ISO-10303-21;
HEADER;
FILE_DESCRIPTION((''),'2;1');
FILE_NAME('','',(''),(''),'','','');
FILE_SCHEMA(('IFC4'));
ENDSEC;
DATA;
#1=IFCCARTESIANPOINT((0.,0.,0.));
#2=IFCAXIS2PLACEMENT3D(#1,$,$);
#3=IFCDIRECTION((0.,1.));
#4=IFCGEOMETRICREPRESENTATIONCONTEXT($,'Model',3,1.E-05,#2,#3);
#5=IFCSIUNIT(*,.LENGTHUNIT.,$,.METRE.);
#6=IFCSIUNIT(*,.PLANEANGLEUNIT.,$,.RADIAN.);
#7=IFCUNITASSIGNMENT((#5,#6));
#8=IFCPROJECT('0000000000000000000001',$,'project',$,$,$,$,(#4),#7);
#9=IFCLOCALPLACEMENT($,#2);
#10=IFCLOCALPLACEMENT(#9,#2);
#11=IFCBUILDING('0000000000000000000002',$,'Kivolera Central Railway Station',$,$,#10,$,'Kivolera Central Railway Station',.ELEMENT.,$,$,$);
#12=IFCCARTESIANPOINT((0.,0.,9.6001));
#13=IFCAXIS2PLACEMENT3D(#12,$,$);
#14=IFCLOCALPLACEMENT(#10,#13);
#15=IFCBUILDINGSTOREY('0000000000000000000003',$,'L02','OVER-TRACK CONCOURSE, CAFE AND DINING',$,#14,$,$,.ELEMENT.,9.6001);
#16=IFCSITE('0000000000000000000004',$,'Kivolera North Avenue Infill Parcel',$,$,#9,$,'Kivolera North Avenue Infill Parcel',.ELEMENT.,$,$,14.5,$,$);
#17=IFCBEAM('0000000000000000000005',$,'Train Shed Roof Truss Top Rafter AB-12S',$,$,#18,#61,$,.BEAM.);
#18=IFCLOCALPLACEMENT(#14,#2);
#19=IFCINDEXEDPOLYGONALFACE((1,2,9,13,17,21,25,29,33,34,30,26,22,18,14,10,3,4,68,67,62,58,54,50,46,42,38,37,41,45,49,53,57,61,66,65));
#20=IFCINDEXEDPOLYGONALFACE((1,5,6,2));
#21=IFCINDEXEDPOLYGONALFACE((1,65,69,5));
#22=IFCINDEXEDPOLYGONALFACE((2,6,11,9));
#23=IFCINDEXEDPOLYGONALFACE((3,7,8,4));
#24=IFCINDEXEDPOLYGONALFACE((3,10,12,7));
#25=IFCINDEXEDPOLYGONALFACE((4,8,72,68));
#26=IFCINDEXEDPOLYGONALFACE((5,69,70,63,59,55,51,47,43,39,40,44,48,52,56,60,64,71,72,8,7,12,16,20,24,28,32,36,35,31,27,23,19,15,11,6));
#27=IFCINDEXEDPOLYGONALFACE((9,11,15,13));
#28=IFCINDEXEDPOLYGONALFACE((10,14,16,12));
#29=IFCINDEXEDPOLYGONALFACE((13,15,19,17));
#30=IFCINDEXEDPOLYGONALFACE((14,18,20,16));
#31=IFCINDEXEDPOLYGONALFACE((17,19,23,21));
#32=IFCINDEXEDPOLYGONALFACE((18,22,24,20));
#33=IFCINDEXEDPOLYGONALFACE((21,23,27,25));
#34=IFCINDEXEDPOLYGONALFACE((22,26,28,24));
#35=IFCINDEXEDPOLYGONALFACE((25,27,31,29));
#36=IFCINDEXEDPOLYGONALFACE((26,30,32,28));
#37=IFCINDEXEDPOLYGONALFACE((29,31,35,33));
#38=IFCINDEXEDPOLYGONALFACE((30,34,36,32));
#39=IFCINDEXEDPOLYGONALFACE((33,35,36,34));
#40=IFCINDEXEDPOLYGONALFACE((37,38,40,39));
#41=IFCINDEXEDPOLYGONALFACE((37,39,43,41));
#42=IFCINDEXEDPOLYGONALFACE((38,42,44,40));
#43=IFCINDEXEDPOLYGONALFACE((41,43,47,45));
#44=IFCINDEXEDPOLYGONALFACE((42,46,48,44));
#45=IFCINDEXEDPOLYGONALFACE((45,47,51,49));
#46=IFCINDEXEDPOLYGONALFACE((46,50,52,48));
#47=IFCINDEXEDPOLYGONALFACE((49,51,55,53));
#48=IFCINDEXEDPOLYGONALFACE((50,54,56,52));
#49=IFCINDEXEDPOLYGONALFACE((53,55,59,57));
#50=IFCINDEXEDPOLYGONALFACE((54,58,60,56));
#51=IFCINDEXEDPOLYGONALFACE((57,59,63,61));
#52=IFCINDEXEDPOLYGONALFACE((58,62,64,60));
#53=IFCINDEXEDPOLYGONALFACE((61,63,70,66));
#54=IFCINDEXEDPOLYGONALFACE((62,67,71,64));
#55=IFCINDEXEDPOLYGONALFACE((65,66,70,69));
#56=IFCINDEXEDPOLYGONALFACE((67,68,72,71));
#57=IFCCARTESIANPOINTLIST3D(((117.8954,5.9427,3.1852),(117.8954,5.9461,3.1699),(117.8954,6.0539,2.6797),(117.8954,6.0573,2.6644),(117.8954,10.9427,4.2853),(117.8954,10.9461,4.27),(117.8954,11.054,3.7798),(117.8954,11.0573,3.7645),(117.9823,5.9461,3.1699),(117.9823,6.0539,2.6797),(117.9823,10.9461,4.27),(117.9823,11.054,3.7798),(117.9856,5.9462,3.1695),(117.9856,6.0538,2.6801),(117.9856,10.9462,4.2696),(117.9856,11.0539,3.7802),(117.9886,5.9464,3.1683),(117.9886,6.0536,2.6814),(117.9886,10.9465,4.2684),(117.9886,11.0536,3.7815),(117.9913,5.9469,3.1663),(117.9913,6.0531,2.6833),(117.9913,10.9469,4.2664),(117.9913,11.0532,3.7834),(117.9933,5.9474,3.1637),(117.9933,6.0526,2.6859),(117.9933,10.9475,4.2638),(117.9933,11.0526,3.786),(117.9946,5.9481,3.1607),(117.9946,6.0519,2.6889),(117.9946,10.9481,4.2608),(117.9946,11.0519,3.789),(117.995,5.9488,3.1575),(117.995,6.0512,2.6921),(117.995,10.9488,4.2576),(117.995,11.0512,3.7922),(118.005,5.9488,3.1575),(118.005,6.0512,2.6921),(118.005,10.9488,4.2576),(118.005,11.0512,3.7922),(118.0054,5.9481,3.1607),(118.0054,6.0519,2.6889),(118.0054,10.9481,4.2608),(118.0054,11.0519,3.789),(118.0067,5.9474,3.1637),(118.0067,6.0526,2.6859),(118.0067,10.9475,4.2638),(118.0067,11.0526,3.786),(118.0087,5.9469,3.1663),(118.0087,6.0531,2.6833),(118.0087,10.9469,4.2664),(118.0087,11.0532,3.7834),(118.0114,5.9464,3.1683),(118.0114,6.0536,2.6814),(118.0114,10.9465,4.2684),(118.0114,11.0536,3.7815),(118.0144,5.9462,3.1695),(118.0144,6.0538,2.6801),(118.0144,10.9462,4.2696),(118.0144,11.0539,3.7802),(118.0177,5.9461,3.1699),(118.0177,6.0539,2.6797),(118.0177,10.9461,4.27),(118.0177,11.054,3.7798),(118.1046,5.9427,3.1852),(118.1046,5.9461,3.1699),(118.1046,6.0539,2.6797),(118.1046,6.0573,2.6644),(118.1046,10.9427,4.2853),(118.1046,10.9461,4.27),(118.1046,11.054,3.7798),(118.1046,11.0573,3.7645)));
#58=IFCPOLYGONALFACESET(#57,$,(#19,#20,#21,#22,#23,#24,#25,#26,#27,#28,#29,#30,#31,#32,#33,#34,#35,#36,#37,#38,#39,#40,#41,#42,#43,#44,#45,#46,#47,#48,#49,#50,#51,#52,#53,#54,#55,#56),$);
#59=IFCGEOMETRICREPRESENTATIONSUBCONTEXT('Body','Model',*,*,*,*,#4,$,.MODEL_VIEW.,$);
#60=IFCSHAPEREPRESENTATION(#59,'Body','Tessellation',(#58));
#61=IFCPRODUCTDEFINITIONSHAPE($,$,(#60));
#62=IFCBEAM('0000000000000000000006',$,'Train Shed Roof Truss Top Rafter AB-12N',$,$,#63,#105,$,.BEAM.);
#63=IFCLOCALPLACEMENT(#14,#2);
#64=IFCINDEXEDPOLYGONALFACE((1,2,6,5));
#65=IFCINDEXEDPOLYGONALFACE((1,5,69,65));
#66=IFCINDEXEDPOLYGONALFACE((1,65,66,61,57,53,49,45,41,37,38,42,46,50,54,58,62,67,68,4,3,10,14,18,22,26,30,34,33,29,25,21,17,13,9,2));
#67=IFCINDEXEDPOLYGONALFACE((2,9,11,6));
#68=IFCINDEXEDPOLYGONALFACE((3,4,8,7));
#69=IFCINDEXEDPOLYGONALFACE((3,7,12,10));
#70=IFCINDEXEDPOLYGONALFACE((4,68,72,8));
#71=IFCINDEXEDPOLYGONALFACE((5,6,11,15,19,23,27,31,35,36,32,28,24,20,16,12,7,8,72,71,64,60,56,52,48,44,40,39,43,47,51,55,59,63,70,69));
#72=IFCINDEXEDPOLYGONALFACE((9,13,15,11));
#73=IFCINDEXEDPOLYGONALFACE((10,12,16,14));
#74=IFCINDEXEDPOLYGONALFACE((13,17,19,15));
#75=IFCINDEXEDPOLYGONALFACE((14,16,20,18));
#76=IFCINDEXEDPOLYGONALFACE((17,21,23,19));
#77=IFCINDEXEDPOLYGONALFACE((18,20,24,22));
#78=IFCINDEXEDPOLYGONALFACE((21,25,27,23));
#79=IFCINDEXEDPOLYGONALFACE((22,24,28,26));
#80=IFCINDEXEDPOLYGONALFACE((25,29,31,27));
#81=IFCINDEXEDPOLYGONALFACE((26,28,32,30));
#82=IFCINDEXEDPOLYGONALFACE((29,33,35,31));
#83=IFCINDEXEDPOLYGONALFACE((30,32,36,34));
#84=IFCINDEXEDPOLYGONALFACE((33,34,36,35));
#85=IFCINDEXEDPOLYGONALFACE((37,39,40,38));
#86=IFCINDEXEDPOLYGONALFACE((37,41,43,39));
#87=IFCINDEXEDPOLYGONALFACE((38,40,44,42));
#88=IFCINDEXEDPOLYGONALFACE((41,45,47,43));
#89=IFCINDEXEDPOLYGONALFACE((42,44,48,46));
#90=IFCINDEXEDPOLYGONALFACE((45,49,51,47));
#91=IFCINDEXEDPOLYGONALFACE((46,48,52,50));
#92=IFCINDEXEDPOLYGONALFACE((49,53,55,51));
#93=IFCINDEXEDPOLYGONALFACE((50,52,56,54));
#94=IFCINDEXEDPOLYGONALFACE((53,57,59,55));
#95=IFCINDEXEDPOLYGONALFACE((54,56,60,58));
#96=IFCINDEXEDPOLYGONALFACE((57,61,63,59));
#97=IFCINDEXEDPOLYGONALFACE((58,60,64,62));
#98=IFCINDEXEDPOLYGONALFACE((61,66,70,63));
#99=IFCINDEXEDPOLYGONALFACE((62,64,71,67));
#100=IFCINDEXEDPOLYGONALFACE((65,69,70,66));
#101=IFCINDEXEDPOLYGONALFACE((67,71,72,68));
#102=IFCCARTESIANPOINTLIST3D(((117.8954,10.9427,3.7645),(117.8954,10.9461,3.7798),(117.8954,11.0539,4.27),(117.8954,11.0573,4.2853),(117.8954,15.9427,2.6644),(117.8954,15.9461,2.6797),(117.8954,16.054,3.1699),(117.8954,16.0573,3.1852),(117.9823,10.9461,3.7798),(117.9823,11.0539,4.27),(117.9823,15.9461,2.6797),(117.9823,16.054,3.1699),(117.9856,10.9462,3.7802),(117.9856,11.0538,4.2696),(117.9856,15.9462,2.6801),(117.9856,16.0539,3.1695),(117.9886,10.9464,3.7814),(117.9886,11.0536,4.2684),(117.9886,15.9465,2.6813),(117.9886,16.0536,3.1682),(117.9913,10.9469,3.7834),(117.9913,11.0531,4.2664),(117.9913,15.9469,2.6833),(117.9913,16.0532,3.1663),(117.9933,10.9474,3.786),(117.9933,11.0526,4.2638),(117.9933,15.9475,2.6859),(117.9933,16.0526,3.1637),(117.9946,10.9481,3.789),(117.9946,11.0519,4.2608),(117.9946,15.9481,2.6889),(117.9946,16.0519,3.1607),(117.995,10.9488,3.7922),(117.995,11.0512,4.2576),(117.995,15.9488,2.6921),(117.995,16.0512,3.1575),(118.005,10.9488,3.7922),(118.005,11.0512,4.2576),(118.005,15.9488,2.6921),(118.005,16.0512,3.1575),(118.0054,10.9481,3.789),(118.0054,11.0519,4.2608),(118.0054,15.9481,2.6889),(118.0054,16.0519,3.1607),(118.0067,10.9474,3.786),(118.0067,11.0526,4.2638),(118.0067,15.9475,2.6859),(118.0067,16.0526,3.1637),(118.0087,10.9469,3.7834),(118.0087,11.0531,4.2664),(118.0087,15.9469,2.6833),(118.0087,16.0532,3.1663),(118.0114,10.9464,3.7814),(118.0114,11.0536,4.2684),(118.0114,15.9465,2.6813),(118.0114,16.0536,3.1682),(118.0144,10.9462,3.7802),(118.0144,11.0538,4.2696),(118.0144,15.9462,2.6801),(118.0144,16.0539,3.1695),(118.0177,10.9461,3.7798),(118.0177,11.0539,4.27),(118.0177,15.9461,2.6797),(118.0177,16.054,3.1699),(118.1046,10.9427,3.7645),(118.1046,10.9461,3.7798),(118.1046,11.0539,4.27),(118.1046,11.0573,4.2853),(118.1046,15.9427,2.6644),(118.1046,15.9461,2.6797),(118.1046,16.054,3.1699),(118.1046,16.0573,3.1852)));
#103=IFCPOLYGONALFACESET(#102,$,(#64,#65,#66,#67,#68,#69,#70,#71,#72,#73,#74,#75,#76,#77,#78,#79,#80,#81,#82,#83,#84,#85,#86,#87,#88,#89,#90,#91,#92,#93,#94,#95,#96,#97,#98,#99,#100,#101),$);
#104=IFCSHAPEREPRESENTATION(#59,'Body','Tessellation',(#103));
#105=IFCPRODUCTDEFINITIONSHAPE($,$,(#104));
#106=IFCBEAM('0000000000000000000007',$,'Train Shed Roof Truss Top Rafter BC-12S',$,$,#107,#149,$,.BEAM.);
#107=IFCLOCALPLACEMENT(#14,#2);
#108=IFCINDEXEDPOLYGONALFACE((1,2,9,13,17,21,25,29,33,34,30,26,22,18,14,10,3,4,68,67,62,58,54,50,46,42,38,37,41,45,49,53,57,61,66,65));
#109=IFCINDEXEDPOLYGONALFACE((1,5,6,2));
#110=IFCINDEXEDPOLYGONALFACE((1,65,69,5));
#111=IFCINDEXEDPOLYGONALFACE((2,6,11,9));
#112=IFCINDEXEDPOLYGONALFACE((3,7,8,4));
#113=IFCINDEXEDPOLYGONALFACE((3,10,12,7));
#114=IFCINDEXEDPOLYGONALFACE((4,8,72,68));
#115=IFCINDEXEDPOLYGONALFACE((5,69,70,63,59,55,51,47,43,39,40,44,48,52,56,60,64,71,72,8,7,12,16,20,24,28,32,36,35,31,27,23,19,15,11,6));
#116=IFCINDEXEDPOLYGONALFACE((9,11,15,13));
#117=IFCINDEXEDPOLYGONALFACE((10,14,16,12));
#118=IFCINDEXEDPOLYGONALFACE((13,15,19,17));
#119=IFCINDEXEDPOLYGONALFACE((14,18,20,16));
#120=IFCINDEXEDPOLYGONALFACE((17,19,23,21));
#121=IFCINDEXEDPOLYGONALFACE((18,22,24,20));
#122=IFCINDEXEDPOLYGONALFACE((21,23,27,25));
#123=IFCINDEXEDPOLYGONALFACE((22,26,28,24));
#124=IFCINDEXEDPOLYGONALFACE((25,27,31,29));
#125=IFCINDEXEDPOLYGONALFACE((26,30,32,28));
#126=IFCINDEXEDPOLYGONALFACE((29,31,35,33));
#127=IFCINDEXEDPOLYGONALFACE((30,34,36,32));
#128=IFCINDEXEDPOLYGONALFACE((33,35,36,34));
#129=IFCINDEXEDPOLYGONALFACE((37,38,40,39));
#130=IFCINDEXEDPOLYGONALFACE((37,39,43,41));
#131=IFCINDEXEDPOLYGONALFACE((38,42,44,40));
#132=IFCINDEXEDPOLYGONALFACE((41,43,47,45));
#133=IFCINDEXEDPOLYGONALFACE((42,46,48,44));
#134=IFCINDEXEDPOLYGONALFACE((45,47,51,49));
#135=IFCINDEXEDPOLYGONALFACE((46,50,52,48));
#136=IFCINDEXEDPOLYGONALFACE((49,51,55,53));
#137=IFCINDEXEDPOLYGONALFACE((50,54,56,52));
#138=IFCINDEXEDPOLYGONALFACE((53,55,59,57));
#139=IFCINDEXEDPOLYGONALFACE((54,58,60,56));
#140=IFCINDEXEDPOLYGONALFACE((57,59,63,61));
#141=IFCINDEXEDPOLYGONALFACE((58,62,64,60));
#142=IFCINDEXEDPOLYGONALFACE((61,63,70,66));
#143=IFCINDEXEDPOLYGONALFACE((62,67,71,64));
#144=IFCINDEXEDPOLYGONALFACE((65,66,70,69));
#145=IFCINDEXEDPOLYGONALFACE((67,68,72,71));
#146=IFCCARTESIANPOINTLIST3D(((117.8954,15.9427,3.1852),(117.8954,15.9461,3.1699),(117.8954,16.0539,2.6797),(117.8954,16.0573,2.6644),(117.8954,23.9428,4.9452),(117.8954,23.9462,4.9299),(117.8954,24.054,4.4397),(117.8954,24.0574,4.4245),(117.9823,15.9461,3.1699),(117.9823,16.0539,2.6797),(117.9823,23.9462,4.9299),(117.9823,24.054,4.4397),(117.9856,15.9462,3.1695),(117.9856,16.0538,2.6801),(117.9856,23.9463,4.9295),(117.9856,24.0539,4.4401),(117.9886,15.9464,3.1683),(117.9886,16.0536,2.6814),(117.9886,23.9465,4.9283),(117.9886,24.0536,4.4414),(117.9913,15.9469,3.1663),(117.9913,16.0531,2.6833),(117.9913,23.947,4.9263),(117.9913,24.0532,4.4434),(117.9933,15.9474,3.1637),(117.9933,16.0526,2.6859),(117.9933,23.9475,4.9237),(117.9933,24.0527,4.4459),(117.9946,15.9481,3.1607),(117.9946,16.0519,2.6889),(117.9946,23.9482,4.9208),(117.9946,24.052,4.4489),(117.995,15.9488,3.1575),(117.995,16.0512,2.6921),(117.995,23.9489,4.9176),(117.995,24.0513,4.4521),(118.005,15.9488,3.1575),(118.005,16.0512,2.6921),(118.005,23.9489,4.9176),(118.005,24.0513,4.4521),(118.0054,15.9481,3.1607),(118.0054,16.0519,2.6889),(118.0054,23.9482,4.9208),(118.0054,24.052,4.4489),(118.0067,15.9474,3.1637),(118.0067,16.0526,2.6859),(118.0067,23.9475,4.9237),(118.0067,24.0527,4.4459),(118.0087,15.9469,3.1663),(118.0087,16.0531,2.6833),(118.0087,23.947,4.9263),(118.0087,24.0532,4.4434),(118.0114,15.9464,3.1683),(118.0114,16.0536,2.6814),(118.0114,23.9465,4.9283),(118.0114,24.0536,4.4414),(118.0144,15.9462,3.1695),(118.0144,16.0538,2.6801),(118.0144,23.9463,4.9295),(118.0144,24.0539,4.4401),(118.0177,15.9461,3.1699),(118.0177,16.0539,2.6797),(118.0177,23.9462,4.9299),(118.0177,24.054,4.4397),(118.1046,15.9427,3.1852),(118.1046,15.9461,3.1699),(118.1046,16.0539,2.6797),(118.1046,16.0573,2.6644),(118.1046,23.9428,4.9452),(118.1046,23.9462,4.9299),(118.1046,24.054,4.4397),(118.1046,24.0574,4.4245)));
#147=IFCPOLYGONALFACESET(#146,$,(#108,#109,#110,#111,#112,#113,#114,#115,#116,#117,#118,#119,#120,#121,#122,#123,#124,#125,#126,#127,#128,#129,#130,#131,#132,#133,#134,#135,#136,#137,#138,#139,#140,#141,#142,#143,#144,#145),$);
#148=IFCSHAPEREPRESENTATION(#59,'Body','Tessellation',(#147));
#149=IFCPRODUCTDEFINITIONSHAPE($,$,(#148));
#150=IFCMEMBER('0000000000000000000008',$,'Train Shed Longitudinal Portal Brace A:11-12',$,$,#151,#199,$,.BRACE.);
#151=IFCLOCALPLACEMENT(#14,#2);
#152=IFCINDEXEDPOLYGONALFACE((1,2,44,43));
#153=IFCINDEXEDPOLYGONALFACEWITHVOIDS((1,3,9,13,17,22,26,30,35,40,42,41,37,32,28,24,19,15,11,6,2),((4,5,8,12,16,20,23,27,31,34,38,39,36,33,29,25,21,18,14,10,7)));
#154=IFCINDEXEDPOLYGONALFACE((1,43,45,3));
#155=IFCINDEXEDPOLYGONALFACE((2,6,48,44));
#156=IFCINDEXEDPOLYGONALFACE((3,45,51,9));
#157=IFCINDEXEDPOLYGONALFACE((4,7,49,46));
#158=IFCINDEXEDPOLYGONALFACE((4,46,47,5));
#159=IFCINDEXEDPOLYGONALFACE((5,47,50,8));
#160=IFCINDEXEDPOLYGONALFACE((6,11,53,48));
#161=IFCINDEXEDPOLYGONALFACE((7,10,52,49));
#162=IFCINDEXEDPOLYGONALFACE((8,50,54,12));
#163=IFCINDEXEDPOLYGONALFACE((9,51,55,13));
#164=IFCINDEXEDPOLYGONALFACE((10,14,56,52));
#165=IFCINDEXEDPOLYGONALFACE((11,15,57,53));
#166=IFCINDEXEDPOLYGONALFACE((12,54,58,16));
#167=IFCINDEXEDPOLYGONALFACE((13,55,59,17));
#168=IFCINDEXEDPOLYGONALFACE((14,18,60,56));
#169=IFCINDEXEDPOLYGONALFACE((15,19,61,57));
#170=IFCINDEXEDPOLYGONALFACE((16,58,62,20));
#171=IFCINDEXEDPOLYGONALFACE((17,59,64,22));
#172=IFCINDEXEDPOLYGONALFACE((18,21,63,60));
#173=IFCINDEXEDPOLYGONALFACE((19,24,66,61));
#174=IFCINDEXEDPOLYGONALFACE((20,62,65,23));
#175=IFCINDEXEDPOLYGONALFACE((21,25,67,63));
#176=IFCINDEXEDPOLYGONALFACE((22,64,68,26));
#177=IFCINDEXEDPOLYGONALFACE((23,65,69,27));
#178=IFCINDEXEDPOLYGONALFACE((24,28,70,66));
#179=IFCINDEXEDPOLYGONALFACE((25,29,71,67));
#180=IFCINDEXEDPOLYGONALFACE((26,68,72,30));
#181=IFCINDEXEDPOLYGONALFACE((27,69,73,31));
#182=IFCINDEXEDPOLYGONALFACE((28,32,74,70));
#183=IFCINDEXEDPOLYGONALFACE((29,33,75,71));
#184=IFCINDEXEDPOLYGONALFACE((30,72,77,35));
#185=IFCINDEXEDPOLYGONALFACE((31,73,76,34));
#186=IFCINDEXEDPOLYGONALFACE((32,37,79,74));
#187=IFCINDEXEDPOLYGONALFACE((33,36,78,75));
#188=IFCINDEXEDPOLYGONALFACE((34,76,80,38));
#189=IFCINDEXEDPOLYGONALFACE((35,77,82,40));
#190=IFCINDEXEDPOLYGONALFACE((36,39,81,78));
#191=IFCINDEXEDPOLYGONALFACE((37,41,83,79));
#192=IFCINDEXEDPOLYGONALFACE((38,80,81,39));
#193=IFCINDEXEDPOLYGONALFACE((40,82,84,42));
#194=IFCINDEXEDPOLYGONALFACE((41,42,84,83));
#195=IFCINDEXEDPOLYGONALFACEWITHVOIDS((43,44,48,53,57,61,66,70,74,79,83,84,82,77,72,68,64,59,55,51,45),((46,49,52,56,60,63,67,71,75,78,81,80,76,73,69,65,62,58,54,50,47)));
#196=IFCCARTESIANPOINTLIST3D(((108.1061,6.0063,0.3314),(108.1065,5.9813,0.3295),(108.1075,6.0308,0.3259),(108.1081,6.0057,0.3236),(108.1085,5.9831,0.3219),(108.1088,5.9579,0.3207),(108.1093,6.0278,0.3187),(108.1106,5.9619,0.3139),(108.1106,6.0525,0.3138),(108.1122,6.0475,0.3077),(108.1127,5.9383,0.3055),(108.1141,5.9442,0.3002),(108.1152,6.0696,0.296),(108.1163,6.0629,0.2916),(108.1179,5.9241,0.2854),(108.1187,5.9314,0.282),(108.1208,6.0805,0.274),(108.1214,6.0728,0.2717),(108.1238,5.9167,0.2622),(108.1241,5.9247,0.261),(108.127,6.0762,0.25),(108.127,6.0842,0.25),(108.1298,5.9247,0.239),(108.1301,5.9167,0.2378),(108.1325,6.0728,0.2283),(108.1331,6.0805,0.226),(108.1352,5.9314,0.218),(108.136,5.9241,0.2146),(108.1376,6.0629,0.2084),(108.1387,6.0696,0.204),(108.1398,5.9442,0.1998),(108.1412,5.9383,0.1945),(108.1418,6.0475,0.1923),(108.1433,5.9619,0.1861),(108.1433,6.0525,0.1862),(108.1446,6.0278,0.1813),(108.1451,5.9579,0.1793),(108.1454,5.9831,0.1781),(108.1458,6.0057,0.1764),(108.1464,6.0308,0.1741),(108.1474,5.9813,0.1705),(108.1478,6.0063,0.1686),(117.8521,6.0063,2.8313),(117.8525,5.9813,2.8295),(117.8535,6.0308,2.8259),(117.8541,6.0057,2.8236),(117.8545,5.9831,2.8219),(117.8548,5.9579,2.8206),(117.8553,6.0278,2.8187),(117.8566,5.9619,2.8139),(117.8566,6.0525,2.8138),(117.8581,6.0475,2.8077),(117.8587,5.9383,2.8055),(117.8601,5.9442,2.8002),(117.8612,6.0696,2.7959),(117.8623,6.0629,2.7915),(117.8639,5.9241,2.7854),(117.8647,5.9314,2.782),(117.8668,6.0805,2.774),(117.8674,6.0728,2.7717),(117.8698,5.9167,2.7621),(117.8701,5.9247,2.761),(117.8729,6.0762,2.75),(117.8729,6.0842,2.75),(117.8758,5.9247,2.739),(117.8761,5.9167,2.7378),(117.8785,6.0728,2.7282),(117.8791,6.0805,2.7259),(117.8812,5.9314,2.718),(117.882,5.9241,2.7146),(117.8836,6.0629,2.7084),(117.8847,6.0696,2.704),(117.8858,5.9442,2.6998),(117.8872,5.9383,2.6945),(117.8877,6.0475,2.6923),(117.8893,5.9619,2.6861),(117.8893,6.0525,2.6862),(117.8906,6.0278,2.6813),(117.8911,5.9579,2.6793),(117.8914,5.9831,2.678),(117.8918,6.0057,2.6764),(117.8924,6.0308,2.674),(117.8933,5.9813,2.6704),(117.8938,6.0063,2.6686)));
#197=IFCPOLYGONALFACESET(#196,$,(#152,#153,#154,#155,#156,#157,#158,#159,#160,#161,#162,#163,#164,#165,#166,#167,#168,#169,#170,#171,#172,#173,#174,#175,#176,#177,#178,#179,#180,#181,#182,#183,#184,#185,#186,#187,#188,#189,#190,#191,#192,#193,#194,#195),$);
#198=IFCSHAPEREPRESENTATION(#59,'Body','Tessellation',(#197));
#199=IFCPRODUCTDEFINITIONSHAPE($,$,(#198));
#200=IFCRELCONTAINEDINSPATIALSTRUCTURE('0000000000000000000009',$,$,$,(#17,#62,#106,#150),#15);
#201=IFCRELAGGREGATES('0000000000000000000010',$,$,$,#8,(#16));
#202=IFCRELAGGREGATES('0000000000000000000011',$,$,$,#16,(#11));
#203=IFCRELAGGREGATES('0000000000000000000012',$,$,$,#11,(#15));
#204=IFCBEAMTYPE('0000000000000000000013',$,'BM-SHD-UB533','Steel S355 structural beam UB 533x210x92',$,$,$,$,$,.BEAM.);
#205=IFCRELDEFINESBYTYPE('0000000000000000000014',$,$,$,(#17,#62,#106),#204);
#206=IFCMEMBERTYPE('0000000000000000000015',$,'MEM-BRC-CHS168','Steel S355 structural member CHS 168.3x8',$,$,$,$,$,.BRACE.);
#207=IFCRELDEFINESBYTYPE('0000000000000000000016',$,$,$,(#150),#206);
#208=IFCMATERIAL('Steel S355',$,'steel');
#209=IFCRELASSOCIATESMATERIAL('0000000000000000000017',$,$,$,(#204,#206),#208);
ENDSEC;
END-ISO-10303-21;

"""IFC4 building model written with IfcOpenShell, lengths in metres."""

from ifc_helpers import new_model, si_unit, direction, frame, origin, origin_2d, place, context, subcontext, project, spatial, hollow_circle, i_section, extrude, material, material_profile, profile_set, type_object, element, save


model = new_model("IFC4")

# Units and contexts
model_context = context("Model", 3, precision=1e-05, world=origin(), true_north=direction((0.0, 1.0)))
body_context = subcontext(model_context, "Body", "Model", "MODEL_VIEW")
ifc_project = project(units=[si_unit("LENGTHUNIT", "METRE"), si_unit("PLANEANGLEUNIT", "RADIAN")], contexts=[model_context])

# Site, building, storey
site_placement = place(None, origin())
site = spatial("IfcSite", under=ifc_project, at=site_placement, Name="Kivolera North Avenue Infill Parcel", LongName="Kivolera North Avenue Infill Parcel", CompositionType="ELEMENT", RefElevation=14.5)
building_placement = place(site_placement, origin())
building = spatial("IfcBuilding", under=site, at=building_placement, Name="Kivolera Central Railway Station", LongName="Kivolera Central Railway Station", CompositionType="ELEMENT")
storey_placement = place(building_placement, frame((0.0, 0.0, 9.6001)))
storey = spatial("IfcBuildingStorey", under=building, at=storey_placement, Name="L02", Description="OVER-TRACK CONCOURSE, CAFE AND DINING", CompositionType="ELEMENT", Elevation=9.6001)

# Shared definitions
ifc_material_1 = material(Name="Steel S355", Category="steel")

# Beams
ifc_material_profile_1 = material_profile(ifc_material_1, i_section(OverallWidth=0.2092, OverallDepth=0.5332, WebThickness=0.01, FlangeThickness=0.0156, FilletRadius=0.0127, at=origin_2d()), Name="UB 533x210x92")
ifc_profile_set_1 = profile_set([ifc_material_profile_1], Name="Steel S355")
beam_type_1 = type_object("IfcBeamType", Name="BM-SHD-UB533", Description="Steel S355 structural beam UB 533x210x92", PredefinedType="BEAM", material=ifc_profile_set_1)
for number, where, z_axis, x_axis, name in (
    (1, (118.0, 6.0, 2.9248), (0.0, 0.97664, 0.21488), (-1.0, 0.0, 0.0), "Train Shed Roof Truss Top Rafter AB-12S"),
    (2, (118.0, 11.0, 4.0249), (0.0, 0.97664, -0.21488), (-1.0, 0.0, 0.0), "Train Shed Roof Truss Top Rafter AB-12N"),
):
    element("IfcBeam", number, at=place(storey_placement, frame(where, z_axis=z_axis, x_axis=x_axis)), inside=storey, type_object=beam_type_1, Name=name, PredefinedType="BEAM", context=body_context, shape_type="SweptSolid", body=[
        extrude(i_section(OverallWidth=0.2092, OverallDepth=0.5332, WebThickness=0.01, FlangeThickness=0.0156, FilletRadius=0.0127, at=origin_2d()), origin(), (0.0, 0.0, 1.0), 5.1196),
    ])
beam_placement = place(storey_placement, frame((118.0, 16.0, 2.9248), z_axis=(0.0, 0.976644, 0.214863), x_axis=(-1.0, 0.0, 0.0)))
element("IfcBeam", 3, at=beam_placement, inside=storey, type_object=beam_type_1, Name="Train Shed Roof Truss Top Rafter BC-12S", PredefinedType="BEAM", context=body_context, shape_type="SweptSolid", body=[
    extrude(i_section(OverallWidth=0.2092, OverallDepth=0.5332, WebThickness=0.01, FlangeThickness=0.0156, FilletRadius=0.0127, at=origin_2d()), origin(), (0.0, 0.0, 1.0), 8.1914),
])

# Member
ifc_material_profile_2 = material_profile(ifc_material_1, hollow_circle(Radius=0.0842, WallThickness=0.0081, at=origin_2d()), Name="CHS 168.3x8")
ifc_profile_set_2 = profile_set([ifc_material_profile_2], Name="Steel S355")
member_type_1 = type_object("IfcMemberType", Name="MEM-BRC-CHS168", Description="Steel S355 structural member CHS 168.3x8", PredefinedType="BRACE", material=ifc_profile_set_2)
for number, where, z_axis, x_axis, name in (
    (4, (108.127, 6.0, 0.25), (0.96864, 0.0, 0.248469), (0.0, 1.0, 0.0), "Train Shed Longitudinal Portal Brace A:11-12"),
):
    element("IfcMember", number, at=place(storey_placement, frame(where, z_axis=z_axis, x_axis=x_axis)), inside=storey, type_object=member_type_1, Name=name, PredefinedType="BRACE", context=body_context, shape_type="SweptSolid", body=[
        extrude(hollow_circle(Radius=0.0842, WallThickness=0.0081, at=origin_2d()), origin(), (0.0, 0.0, 1.0), 10.0615),
    ])

save(model, "model.ifc")
